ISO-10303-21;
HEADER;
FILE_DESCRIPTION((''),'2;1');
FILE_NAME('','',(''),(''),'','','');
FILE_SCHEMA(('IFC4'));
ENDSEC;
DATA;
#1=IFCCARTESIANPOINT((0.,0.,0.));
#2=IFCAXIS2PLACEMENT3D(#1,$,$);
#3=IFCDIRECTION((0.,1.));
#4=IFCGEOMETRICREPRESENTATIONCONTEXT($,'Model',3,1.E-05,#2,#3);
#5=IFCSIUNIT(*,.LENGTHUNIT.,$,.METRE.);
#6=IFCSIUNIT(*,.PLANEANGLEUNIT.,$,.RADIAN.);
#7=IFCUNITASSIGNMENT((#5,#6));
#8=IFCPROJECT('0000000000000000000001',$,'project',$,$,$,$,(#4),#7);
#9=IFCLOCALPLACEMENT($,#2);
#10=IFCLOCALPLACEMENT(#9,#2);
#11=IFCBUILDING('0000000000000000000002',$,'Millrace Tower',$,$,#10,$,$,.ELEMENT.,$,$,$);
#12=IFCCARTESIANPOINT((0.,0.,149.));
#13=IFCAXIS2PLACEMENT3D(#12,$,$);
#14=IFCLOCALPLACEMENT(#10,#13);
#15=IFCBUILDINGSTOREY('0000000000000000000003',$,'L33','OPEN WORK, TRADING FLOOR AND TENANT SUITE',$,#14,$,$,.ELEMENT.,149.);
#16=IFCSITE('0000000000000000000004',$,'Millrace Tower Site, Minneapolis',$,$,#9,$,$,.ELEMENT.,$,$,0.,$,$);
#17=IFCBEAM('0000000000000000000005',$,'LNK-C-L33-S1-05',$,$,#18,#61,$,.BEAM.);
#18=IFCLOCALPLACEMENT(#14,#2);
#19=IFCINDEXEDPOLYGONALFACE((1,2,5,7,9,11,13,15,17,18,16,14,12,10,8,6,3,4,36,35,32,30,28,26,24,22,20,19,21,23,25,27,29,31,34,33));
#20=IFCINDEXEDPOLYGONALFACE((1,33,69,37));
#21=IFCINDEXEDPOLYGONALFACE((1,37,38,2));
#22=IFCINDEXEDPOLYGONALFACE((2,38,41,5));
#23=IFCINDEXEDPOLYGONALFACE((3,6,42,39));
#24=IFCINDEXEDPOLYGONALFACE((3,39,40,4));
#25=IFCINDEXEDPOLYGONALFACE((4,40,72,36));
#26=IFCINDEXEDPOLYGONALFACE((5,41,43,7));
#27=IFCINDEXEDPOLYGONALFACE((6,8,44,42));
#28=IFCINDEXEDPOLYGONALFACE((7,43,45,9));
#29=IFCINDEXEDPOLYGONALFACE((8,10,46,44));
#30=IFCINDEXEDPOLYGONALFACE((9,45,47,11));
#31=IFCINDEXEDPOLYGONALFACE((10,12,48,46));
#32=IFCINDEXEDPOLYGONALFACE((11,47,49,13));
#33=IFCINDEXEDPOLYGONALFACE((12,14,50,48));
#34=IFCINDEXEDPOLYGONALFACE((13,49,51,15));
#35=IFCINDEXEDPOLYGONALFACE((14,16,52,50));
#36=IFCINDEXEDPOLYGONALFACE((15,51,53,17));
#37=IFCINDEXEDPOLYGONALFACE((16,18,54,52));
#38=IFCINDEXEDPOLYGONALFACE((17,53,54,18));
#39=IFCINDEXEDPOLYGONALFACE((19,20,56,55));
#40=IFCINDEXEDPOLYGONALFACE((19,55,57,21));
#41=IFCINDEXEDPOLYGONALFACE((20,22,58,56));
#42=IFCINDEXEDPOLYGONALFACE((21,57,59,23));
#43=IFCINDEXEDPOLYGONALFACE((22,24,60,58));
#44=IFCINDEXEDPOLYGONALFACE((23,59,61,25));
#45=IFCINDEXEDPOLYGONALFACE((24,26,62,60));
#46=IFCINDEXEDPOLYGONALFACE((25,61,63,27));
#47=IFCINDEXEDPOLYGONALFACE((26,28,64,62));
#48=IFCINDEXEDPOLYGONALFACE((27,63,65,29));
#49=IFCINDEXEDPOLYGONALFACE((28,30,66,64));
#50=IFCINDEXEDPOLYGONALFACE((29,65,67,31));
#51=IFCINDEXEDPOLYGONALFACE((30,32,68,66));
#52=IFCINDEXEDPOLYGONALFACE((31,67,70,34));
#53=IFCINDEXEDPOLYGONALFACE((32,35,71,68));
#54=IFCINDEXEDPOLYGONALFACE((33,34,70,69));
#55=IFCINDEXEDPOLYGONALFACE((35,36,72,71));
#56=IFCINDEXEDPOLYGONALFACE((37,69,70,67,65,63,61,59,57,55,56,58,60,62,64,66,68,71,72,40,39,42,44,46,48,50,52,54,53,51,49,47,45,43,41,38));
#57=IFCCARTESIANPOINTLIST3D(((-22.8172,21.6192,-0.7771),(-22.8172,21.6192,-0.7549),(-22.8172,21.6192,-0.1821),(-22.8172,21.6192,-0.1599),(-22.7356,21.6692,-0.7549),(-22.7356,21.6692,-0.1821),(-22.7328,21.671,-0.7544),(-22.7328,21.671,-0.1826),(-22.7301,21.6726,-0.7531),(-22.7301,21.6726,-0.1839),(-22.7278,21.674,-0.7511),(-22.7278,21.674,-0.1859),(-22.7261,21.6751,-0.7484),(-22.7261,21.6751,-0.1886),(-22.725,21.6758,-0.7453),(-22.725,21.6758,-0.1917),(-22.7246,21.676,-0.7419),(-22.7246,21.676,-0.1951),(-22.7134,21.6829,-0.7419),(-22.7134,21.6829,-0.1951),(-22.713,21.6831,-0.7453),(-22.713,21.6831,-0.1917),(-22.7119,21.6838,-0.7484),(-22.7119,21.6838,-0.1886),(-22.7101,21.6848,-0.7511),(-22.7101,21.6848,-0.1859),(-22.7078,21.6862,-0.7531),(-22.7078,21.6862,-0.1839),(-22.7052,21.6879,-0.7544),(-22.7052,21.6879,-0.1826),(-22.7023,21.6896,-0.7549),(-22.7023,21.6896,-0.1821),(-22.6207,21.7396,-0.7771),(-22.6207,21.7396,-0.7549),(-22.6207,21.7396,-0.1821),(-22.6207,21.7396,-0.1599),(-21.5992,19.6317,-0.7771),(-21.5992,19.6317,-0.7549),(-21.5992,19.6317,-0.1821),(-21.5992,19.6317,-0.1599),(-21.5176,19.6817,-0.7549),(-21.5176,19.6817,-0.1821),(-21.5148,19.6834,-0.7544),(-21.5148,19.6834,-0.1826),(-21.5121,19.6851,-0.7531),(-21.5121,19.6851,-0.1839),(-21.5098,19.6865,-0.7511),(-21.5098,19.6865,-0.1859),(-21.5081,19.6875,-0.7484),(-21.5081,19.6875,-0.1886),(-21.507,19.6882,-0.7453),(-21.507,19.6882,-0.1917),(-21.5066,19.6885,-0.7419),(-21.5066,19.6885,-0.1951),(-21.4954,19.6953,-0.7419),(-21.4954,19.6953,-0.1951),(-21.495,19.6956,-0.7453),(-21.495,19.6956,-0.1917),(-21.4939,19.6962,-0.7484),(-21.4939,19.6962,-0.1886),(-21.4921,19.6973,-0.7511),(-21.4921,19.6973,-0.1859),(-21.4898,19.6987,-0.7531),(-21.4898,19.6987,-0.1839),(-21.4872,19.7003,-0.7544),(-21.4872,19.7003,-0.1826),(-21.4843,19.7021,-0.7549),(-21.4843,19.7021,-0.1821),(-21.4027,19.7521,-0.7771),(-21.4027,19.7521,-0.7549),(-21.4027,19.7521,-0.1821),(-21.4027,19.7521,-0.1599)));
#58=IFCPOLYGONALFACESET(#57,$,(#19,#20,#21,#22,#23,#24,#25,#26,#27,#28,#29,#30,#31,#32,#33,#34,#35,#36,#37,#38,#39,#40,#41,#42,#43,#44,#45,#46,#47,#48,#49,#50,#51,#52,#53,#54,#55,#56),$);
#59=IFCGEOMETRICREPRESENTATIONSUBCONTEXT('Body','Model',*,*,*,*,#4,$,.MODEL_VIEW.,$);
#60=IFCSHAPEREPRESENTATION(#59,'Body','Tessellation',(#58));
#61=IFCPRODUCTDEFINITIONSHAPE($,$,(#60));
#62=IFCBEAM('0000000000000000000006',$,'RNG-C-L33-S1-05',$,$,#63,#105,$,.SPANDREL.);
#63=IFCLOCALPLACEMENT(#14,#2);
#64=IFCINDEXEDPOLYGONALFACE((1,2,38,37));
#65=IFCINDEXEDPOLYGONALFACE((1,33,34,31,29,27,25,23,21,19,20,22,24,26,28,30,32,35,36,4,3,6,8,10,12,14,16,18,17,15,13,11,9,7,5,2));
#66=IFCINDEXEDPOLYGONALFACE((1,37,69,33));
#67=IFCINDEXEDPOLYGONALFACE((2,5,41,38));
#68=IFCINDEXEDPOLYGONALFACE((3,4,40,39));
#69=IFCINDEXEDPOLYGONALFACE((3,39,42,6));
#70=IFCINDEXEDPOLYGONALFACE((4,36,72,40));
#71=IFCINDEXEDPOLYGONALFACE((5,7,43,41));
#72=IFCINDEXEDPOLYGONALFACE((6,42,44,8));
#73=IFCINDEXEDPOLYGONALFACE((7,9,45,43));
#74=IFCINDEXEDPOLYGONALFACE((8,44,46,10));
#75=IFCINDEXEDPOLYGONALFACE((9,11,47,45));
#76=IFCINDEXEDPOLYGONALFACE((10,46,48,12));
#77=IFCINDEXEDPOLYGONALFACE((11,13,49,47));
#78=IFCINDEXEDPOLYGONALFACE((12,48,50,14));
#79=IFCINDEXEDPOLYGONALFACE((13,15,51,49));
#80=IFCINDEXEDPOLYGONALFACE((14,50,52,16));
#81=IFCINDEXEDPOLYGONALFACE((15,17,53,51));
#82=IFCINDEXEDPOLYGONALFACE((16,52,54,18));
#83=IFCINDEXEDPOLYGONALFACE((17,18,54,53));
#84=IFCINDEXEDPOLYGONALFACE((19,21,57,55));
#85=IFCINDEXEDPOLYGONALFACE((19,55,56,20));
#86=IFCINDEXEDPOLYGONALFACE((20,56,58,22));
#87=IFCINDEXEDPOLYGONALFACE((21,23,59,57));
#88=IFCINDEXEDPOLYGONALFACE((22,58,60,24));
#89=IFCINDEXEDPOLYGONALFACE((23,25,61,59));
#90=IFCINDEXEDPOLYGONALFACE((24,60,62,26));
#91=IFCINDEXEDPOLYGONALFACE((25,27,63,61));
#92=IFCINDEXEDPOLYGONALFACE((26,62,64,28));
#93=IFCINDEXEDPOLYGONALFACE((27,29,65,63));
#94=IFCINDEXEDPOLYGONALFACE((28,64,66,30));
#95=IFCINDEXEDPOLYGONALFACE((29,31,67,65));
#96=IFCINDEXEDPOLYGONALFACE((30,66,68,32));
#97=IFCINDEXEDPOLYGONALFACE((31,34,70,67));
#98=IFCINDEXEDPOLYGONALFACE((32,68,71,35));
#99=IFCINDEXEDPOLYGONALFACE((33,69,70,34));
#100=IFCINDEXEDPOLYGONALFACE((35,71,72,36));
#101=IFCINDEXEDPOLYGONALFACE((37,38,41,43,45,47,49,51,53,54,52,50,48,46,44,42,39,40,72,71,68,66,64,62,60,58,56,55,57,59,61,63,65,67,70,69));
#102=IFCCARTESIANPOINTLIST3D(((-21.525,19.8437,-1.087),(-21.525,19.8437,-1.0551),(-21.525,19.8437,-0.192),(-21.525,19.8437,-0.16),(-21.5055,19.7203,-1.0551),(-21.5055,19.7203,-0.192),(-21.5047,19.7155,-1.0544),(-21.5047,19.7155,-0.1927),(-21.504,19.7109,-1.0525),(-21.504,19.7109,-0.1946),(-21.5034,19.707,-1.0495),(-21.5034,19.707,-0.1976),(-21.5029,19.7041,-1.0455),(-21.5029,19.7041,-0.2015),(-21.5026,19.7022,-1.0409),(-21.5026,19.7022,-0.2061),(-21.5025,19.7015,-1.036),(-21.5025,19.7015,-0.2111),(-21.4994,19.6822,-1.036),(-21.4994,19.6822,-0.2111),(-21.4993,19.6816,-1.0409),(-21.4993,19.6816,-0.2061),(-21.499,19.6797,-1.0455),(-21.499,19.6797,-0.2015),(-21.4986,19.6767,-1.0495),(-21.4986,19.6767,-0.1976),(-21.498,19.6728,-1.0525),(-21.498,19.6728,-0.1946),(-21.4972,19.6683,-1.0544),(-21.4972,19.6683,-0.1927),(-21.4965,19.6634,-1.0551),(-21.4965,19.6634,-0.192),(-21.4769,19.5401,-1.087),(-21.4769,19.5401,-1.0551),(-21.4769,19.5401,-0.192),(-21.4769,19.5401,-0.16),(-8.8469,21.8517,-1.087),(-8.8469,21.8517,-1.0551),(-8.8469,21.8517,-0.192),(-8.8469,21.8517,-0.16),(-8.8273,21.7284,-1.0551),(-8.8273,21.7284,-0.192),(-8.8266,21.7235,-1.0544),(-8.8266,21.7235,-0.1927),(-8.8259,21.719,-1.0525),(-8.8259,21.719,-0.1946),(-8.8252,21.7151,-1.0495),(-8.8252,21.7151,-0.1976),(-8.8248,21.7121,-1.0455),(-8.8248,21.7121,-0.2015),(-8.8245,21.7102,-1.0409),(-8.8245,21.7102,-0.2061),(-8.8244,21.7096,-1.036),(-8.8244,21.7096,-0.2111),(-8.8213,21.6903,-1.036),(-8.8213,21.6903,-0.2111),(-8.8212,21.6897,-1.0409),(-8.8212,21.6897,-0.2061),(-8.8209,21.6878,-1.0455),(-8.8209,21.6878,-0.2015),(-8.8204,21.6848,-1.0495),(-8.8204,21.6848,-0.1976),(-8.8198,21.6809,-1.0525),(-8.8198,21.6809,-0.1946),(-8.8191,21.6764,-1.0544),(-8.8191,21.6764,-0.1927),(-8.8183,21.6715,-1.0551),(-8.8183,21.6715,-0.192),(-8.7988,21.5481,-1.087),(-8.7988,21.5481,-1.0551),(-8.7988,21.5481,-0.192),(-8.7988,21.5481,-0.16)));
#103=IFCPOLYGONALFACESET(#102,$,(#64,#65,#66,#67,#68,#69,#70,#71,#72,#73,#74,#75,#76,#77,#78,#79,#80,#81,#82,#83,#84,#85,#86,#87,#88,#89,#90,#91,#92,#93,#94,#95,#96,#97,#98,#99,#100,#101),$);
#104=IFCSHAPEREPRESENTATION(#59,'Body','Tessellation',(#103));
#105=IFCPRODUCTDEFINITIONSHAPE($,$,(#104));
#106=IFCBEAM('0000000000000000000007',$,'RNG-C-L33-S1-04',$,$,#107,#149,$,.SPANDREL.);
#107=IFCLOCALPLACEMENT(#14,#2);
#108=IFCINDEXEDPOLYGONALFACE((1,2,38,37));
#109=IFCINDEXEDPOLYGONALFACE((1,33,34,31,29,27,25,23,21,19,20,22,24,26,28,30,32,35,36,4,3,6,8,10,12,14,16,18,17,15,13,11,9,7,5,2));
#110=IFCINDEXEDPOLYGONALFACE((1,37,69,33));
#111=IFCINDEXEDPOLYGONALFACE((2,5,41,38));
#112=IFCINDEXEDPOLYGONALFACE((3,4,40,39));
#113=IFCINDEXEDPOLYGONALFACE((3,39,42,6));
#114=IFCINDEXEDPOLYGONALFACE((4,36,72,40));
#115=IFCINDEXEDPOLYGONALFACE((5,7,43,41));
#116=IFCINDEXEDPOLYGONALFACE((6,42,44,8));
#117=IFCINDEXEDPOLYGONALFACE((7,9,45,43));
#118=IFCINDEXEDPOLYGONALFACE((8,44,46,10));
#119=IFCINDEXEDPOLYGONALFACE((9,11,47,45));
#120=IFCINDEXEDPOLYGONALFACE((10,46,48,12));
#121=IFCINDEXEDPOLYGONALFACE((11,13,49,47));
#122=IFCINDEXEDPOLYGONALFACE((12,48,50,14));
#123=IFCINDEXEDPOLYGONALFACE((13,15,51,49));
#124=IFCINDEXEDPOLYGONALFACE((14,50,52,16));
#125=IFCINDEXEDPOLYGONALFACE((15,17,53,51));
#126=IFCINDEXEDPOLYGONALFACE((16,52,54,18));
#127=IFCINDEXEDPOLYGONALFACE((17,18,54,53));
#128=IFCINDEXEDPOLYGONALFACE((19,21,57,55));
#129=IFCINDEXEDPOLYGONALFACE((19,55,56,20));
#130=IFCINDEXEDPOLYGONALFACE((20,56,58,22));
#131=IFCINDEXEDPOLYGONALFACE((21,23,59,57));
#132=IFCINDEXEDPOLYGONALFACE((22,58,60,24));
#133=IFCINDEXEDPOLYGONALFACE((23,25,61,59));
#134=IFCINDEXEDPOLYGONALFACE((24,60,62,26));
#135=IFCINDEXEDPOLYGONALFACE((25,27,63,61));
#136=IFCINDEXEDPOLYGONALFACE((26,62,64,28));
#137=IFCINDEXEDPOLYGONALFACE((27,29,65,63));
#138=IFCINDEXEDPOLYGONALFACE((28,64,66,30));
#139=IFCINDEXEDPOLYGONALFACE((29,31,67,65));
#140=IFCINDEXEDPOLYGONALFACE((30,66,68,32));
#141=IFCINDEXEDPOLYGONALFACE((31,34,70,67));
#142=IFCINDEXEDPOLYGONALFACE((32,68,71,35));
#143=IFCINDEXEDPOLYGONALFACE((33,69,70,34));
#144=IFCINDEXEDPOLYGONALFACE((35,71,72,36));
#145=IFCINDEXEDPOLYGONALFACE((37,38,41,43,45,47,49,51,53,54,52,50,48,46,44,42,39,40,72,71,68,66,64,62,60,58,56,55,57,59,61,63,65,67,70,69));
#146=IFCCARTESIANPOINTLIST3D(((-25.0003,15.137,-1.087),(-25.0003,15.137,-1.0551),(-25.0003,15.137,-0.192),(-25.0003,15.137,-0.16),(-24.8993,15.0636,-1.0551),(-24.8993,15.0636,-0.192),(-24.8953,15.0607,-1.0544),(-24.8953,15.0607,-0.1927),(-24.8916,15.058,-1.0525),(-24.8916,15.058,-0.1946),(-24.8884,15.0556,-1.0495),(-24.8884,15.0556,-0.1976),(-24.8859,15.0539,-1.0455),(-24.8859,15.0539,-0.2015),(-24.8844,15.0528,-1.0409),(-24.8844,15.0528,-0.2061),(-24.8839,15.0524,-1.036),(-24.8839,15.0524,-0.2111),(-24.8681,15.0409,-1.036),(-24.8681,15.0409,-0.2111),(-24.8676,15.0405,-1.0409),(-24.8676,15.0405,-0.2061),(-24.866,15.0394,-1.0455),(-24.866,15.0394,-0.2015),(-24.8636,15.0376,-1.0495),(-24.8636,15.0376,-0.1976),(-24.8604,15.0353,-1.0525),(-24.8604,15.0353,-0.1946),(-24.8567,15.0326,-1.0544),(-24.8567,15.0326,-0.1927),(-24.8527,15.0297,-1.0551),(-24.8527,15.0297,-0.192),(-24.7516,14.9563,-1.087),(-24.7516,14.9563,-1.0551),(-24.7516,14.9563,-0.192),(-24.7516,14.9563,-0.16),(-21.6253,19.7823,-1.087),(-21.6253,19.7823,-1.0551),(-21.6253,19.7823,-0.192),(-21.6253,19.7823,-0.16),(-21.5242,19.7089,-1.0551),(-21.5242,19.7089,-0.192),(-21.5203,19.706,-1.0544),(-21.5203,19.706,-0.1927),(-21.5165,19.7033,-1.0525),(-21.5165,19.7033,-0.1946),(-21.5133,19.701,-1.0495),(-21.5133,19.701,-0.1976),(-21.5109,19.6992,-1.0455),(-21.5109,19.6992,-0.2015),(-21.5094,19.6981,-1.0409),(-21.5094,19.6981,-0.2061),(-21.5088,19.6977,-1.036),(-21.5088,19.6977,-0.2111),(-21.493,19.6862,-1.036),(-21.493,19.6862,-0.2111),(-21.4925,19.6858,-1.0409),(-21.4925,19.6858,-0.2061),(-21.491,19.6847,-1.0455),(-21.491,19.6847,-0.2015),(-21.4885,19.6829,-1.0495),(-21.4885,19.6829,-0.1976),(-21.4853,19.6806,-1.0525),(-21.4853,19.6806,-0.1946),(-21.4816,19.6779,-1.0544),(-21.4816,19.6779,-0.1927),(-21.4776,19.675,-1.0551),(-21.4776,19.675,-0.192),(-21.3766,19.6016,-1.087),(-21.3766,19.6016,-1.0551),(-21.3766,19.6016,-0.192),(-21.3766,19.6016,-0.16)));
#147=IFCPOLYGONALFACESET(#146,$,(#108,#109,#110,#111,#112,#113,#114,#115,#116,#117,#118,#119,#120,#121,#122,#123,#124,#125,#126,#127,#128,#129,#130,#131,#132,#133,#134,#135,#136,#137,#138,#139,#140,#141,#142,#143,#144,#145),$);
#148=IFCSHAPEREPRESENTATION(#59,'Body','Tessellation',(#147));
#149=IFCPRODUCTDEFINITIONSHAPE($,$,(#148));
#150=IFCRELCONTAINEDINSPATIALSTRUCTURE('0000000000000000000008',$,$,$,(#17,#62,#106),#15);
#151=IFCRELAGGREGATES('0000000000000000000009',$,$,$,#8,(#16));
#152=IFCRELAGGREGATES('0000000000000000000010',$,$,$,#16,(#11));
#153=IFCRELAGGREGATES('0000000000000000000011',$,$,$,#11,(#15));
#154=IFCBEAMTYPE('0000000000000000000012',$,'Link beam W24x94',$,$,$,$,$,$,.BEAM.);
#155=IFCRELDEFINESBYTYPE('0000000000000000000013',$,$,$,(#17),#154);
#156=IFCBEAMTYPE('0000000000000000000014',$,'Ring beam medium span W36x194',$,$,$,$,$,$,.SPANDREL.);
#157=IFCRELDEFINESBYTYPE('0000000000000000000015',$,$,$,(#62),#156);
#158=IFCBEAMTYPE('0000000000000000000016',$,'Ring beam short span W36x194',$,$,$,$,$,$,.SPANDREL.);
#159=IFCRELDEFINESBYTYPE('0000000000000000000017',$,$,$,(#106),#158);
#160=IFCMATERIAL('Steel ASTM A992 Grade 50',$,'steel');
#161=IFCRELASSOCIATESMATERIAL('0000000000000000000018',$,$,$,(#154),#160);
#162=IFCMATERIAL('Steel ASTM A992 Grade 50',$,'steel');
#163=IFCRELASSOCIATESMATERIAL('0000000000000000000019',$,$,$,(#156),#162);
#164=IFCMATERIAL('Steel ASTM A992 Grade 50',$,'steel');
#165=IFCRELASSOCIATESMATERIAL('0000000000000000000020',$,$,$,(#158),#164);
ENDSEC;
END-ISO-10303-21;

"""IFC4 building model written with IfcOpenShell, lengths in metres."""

from ifc_helpers import new_model, si_unit, direction, frame, origin, origin_2d, place, context, subcontext, project, spatial, i_section, extrude, material, material_profile, profile_set, type_object, element, save


model = new_model("IFC4")

# Units and contexts
model_context = context("Model", 3, precision=1e-05, world=origin(), true_north=direction((0.0, 1.0)))
body_context = subcontext(model_context, "Body", "Model", "MODEL_VIEW")
ifc_project = project(units=[si_unit("LENGTHUNIT", "METRE"), si_unit("PLANEANGLEUNIT", "RADIAN")], contexts=[model_context])

# Site, building, storey
site_placement = place(None, origin())
site = spatial("IfcSite", under=ifc_project, at=site_placement, Name="Millrace Tower Site, Minneapolis", CompositionType="ELEMENT", RefElevation=0.0)
building_placement = place(site_placement, origin())
building = spatial("IfcBuilding", under=site, at=building_placement, Name="Millrace Tower", CompositionType="ELEMENT")
storey_placement = place(building_placement, frame((0.0, 0.0, 149.0)))
storey = spatial("IfcBuildingStorey", under=building, at=storey_placement, Name="L33", Description="OPEN WORK, TRADING FLOOR AND TENANT SUITE", CompositionType="ELEMENT", Elevation=149.0)

# Beams
ifc_material_1 = material(Name="Steel ASTM A992 Grade 50", Category="steel")
ifc_material_profile_1 = material_profile(ifc_material_1, i_section(OverallWidth=0.2305, OverallDepth=0.6172, WebThickness=0.0132, FlangeThickness=0.0222, FilletRadius=0.0129, at=origin_2d()))
ifc_profile_set_1 = profile_set([ifc_material_profile_1], Name="Steel ASTM A992 Grade 50")
beam_type_1 = type_object("IfcBeamType", Name="Link beam W24x94", PredefinedType="BEAM", material=ifc_profile_set_1)
for number, where, z_axis, x_axis, name in (
    (1, (-21.501, 19.6919, -0.4685), (-0.522513, 0.852631, 0.0), (-0.852631, -0.522513, 0.0), "LNK-C-L33-S1-05"),
):
    element("IfcBeam", number, at=place(storey_placement, frame(where, z_axis=z_axis, x_axis=x_axis)), inside=storey, type_object=beam_type_1, Name=name, PredefinedType="BEAM", context=body_context, shape_type="SweptSolid", body=[
        extrude(i_section(OverallWidth=0.2305, OverallDepth=0.6172, WebThickness=0.0132, FlangeThickness=0.0222, FilletRadius=0.0129, at=origin_2d()), origin(), (0.0, 0.0, 1.0), 2.3311),
    ])
ifc_material_2 = material(Name="Steel ASTM A992 Grade 50", Category="steel")
ifc_material_profile_2 = material_profile(ifc_material_2, i_section(OverallWidth=0.3074, OverallDepth=0.927, WebThickness=0.0195, FlangeThickness=0.032, FilletRadius=0.019, at=origin_2d()))
ifc_profile_set_2 = profile_set([ifc_material_profile_2], Name="Steel ASTM A992 Grade 50")
beam_type_2 = type_object("IfcBeamType", Name="Ring beam medium span W36x194", PredefinedType="SPANDREL", material=ifc_profile_set_2)
beam_1_placement = place(storey_placement, frame((-21.501, 19.6919, -0.6235), z_axis=(0.987688, 0.156436, 0.0), x_axis=(-0.156436, 0.987688, 0.0)))
element("IfcBeam", 2, at=beam_1_placement, inside=storey, type_object=beam_type_2, Name="RNG-C-L33-S1-05", PredefinedType="SPANDREL", context=body_context, shape_type="SweptSolid", body=[
    extrude(i_section(OverallWidth=0.3074, OverallDepth=0.927, WebThickness=0.0195, FlangeThickness=0.032, FilletRadius=0.019, at=origin_2d()), origin(), (0.0, 0.0, 1.0), 12.8362),
])
ifc_material_3 = material(Name="Steel ASTM A992 Grade 50", Category="steel")
ifc_material_profile_3 = material_profile(ifc_material_3, i_section(OverallWidth=0.3074, OverallDepth=0.927, WebThickness=0.0195, FlangeThickness=0.032, FilletRadius=0.019, at=origin_2d()))
ifc_profile_set_3 = profile_set([ifc_material_profile_3], Name="Steel ASTM A992 Grade 50")
beam_type_3 = type_object("IfcBeamType", Name="Ring beam short span W36x194", PredefinedType="SPANDREL", material=ifc_profile_set_3)
beam_2_placement = place(storey_placement, frame((-24.876, 15.0466, -0.6235), z_axis=(0.587787, 0.809015, 0.0), x_axis=(-0.809015, 0.587787, 0.0)))
element("IfcBeam", 3, at=beam_2_placement, inside=storey, type_object=beam_type_3, Name="RNG-C-L33-S1-04", PredefinedType="SPANDREL", context=body_context, shape_type="SweptSolid", body=[
    extrude(i_section(OverallWidth=0.3074, OverallDepth=0.927, WebThickness=0.0195, FlangeThickness=0.032, FilletRadius=0.019, at=origin_2d()), origin(), (0.0, 0.0, 1.0), 5.7419),
])

save(model, "model.ifc")
